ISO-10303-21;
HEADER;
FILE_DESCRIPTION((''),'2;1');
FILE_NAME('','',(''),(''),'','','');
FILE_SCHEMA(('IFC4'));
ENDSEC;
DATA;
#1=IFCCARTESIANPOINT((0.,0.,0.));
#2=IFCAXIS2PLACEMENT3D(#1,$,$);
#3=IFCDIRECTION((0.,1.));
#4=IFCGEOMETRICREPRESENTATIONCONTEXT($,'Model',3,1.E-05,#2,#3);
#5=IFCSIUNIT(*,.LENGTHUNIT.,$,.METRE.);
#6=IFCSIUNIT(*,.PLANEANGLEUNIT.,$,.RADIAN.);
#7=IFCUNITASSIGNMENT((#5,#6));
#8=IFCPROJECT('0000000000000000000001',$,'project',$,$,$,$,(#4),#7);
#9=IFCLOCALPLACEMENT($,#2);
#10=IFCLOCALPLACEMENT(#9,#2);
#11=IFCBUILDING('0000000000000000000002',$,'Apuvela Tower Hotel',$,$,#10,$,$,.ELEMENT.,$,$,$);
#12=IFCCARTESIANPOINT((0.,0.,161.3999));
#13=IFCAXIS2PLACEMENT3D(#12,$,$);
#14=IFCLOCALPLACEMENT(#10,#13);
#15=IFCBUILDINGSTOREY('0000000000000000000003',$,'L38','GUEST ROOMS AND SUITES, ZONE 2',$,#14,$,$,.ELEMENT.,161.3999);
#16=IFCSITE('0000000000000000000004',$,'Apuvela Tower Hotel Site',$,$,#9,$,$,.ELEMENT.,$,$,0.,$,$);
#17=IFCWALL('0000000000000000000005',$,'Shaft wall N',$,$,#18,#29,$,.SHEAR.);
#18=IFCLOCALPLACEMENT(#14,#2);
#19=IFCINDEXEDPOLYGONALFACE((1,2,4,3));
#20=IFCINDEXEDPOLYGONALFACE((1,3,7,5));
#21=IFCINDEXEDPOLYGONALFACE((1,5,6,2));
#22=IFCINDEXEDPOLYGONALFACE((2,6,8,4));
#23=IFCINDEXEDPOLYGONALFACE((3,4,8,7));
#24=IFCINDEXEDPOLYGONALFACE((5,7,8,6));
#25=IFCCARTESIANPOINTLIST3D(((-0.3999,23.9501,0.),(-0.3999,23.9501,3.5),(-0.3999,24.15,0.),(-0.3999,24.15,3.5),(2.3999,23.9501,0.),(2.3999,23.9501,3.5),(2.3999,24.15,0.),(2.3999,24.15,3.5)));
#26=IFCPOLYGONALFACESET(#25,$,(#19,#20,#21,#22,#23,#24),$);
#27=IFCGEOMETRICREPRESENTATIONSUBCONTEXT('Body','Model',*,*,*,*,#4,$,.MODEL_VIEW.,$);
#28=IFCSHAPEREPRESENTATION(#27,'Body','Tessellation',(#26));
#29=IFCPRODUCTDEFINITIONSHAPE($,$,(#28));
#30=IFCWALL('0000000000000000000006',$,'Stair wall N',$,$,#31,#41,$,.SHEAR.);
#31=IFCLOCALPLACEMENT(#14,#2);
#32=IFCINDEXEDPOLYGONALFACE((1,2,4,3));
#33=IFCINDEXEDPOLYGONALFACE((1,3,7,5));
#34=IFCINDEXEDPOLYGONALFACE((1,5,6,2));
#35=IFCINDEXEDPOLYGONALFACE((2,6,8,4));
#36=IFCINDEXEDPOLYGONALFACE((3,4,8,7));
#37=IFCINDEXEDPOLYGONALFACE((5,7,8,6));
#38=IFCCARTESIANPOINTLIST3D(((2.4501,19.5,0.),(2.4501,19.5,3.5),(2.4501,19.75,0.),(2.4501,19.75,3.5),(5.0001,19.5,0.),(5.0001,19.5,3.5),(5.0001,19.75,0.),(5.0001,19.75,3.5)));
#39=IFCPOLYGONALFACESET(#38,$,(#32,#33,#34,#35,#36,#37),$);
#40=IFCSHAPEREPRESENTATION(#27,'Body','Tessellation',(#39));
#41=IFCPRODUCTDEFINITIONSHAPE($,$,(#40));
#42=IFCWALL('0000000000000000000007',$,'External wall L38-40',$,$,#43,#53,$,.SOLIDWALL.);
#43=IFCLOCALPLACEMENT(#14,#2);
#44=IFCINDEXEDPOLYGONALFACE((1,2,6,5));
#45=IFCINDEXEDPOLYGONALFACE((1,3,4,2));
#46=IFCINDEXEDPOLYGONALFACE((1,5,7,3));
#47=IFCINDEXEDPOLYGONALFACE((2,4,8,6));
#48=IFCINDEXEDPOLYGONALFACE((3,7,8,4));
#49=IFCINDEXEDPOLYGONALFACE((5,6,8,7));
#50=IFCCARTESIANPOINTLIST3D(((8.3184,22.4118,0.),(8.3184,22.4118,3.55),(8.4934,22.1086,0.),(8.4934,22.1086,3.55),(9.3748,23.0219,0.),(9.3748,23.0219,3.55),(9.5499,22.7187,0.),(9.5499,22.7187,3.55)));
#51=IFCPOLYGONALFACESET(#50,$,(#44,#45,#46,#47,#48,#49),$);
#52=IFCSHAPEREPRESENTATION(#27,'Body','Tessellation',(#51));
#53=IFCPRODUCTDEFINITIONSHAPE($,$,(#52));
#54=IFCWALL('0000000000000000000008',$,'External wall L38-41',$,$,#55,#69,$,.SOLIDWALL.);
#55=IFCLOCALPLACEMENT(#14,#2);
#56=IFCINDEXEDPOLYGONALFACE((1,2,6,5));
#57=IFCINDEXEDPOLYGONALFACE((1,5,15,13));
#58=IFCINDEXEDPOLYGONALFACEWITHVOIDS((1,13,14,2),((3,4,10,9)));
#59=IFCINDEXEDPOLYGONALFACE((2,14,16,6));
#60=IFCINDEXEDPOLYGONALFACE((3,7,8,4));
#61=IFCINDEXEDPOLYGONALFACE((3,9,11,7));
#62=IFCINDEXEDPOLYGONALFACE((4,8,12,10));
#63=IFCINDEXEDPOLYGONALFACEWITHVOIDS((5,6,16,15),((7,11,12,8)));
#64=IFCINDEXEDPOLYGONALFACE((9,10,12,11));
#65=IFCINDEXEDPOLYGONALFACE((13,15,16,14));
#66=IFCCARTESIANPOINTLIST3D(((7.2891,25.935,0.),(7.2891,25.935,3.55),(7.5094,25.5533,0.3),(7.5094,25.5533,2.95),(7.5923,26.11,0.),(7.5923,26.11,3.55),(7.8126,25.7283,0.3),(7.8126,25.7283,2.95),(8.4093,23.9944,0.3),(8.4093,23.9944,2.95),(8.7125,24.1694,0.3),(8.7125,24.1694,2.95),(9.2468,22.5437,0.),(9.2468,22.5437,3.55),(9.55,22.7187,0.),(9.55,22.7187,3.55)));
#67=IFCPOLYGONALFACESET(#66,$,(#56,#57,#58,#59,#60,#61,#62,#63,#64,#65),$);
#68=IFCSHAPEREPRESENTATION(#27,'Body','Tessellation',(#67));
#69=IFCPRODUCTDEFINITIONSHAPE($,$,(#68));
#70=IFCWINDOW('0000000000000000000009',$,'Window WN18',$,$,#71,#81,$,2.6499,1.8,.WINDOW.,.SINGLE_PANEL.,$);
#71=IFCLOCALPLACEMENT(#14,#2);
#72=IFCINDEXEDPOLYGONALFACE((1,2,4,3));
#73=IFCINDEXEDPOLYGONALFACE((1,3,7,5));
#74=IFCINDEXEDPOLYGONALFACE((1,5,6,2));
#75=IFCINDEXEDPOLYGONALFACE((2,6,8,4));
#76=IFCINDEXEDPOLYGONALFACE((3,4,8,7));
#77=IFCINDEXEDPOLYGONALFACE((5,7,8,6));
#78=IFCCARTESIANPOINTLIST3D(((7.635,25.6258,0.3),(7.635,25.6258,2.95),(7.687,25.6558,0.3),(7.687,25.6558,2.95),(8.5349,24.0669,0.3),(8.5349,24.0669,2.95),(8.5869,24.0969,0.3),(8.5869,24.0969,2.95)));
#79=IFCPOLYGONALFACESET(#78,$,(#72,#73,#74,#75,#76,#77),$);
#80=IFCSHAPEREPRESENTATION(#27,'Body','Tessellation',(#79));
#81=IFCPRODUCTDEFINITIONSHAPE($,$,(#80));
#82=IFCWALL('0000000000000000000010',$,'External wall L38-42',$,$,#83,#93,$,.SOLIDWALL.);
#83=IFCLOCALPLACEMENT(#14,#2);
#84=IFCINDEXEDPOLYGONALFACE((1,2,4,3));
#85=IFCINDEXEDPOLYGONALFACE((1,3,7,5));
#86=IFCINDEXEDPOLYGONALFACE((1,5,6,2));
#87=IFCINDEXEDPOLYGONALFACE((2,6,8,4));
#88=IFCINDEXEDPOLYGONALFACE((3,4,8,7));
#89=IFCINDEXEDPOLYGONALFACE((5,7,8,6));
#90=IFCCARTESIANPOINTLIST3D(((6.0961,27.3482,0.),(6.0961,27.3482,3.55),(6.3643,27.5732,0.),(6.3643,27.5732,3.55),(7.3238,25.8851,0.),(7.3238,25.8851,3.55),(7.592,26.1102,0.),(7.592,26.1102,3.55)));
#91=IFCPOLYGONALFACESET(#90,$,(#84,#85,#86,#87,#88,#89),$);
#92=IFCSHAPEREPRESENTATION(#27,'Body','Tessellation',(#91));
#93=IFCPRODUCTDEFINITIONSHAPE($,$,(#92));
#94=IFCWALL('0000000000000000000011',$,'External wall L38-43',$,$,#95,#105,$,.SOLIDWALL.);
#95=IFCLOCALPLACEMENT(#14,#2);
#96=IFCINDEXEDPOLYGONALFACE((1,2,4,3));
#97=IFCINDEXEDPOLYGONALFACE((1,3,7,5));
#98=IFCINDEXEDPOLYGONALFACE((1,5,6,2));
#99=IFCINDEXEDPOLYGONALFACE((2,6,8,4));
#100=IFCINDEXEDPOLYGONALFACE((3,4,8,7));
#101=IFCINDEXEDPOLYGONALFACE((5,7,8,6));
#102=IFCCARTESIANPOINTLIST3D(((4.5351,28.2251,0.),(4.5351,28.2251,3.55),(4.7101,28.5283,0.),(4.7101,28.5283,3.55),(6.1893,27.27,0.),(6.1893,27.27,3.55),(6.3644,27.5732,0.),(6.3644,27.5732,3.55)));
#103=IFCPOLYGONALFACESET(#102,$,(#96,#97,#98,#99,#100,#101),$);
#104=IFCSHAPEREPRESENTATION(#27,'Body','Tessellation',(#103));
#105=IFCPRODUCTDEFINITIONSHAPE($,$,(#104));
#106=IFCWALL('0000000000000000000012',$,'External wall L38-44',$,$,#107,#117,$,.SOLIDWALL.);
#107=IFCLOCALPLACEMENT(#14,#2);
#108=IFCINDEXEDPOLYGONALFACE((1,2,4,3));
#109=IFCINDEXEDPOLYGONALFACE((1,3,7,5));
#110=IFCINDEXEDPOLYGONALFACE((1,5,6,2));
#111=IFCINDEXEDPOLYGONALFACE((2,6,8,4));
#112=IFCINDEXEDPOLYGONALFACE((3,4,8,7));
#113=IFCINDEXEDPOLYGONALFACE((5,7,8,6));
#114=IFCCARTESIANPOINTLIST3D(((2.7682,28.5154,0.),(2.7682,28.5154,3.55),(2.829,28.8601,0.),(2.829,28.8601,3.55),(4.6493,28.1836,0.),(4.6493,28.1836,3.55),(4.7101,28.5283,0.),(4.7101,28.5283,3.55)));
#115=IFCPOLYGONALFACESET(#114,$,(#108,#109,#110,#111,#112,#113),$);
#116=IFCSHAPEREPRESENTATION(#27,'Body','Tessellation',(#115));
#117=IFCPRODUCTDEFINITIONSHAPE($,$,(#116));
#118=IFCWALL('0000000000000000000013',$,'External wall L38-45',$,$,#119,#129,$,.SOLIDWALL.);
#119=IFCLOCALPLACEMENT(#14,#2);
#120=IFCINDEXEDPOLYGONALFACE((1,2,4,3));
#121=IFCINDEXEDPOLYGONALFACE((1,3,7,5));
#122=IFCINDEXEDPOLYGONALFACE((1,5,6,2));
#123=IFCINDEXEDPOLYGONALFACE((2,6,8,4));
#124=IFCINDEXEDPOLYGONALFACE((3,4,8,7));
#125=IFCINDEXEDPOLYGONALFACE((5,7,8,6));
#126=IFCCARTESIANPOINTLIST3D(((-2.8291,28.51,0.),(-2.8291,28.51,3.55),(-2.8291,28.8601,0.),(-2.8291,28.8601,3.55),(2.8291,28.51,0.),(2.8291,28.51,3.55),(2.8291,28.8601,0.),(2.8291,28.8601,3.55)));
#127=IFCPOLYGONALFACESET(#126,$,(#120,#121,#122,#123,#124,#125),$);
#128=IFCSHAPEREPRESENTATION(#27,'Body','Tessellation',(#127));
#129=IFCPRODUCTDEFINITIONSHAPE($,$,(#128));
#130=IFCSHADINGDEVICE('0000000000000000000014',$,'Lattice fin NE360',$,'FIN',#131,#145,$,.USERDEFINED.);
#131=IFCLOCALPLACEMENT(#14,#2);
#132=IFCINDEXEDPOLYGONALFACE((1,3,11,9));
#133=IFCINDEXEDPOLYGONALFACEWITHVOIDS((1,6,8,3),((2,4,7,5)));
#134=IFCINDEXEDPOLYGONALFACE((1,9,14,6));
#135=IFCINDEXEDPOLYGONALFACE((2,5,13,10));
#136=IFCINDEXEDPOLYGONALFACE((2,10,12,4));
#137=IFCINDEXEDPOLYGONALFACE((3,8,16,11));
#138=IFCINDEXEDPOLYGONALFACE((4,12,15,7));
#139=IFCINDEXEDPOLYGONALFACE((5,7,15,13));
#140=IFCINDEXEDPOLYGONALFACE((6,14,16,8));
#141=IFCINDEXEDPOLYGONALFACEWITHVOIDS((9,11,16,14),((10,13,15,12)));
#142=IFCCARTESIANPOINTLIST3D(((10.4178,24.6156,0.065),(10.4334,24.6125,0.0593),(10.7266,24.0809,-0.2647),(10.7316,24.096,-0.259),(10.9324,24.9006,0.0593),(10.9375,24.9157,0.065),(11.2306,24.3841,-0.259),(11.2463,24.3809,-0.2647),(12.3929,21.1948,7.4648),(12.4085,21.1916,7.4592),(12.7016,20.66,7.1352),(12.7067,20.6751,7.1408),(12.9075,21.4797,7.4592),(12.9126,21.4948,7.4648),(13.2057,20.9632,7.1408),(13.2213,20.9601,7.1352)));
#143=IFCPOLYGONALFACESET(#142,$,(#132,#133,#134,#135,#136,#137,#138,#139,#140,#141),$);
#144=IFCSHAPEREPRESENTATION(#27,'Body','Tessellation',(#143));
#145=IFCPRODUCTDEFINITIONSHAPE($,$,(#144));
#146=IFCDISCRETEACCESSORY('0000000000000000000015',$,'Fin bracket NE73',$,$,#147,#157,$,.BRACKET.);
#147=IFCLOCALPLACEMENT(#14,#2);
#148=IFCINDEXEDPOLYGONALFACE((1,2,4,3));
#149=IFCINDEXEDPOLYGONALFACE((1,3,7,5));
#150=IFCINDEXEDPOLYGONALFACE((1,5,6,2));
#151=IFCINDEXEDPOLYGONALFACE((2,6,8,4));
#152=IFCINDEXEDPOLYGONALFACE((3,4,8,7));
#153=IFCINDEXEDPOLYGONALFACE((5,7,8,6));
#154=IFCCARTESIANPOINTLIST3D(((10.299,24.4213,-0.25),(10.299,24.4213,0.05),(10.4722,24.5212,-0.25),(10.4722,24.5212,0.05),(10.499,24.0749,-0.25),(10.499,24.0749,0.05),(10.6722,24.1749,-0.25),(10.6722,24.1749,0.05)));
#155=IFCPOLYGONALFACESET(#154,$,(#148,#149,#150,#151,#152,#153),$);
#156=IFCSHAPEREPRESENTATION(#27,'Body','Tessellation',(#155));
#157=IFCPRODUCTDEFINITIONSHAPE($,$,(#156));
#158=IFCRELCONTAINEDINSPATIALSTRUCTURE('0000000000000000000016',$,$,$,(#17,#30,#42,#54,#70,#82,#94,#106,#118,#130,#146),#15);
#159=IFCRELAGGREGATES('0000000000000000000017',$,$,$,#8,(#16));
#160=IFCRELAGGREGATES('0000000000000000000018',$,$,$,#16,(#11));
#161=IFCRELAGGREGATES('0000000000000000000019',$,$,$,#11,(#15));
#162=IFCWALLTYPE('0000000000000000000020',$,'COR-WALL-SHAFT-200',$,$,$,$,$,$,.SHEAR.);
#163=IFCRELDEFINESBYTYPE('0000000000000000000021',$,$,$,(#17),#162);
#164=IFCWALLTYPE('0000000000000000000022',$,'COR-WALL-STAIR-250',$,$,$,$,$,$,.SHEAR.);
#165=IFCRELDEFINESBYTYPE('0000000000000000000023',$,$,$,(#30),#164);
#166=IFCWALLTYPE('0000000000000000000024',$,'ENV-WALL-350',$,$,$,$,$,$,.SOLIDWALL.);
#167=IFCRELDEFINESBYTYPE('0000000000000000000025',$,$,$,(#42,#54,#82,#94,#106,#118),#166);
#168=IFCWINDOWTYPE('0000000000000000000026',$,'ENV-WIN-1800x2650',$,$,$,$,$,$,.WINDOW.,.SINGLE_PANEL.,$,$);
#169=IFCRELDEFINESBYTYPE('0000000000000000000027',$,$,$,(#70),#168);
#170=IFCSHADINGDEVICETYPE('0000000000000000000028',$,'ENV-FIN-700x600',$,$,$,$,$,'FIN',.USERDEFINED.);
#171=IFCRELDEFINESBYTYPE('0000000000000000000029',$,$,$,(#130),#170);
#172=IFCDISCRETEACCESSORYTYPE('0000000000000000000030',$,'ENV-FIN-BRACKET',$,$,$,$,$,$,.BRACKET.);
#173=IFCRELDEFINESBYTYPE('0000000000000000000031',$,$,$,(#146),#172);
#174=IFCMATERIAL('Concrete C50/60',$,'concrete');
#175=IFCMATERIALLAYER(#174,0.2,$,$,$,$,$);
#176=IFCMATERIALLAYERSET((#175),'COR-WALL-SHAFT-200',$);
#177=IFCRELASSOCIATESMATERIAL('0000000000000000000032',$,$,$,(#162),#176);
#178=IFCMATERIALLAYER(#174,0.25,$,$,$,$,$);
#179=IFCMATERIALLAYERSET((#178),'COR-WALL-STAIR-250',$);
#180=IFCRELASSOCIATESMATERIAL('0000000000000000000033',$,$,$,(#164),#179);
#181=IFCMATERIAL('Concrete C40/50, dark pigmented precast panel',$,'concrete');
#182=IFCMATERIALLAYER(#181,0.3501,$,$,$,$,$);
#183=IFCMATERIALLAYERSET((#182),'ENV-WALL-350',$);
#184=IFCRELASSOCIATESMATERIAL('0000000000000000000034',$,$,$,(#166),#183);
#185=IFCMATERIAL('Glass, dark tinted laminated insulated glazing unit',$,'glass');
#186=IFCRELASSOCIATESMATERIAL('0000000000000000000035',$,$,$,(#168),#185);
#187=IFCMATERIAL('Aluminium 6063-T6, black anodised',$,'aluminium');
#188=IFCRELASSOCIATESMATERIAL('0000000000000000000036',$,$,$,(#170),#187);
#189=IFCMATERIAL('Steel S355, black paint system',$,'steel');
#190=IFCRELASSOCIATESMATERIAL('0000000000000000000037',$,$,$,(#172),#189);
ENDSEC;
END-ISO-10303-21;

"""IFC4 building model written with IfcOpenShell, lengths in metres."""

from ifc_helpers import new_model, si_unit, direction, frame, frame_2d, origin, origin_2d, place, context, subcontext, project, spatial, rectangle, hollow_rectangle, extrude, material, layer, layer_set, material_profile, profile_set, type_object, element, fill, save


model = new_model("IFC4")

# Units and contexts
model_context = context("Model", 3, precision=1e-05, world=origin(), true_north=direction((0.0, 1.0)))
body_context = subcontext(model_context, "Body", "Model", "MODEL_VIEW")
ifc_project = project(units=[si_unit("LENGTHUNIT", "METRE"), si_unit("PLANEANGLEUNIT", "RADIAN")], contexts=[model_context])

# Site, building, storey
site_placement = place(None, origin())
site = spatial("IfcSite", under=ifc_project, at=site_placement, Name="Apuvela Tower Hotel Site", CompositionType="ELEMENT", RefElevation=0.0)
building_placement = place(site_placement, origin())
building = spatial("IfcBuilding", under=site, at=building_placement, Name="Apuvela Tower Hotel", CompositionType="ELEMENT")
storey_placement = place(building_placement, frame((0.0, 0.0, 161.3999)))
storey = spatial("IfcBuildingStorey", under=building, at=storey_placement, Name="L38", Description="GUEST ROOMS AND SUITES, ZONE 2", CompositionType="ELEMENT", Elevation=161.3999)

# Walls
ifc_material_1 = material(Name="Concrete C50/60", Category="concrete")
ifc_layer_1 = layer(ifc_material_1, 0.2)
ifc_layer_set_1 = layer_set([ifc_layer_1], Name="COR-WALL-SHAFT-200")
wall_type_1 = type_object("IfcWallType", Name="COR-WALL-SHAFT-200", PredefinedType="SHEAR", material=ifc_layer_set_1)
wall_1_placement = place(storey_placement, frame((2.3999, 24.05, 0.0), z_axis=(0.0, 0.0, 1.0), x_axis=(-1.0, 0.0, 0.0)))
element("IfcWall", 1, at=wall_1_placement, inside=storey, type_object=wall_type_1, Name="Shaft wall N", PredefinedType="SHEAR", context=body_context, shape_type="SweptSolid", body=[
    extrude(rectangle(XDim=2.7998, YDim=0.2, at=frame_2d((1.3999, 0.0))), origin(), (0.0, 0.0, 1.0), 3.5),
])
ifc_layer_2 = layer(ifc_material_1, 0.25)
ifc_layer_set_2 = layer_set([ifc_layer_2], Name="COR-WALL-STAIR-250")
wall_type_2 = type_object("IfcWallType", Name="COR-WALL-STAIR-250", PredefinedType="SHEAR", material=ifc_layer_set_2)
wall_2_placement = place(storey_placement, frame((5.0, 19.625, 0.0), z_axis=(0.0, 0.0, 1.0), x_axis=(-1.0, 0.0, 0.0)))
element("IfcWall", 2, at=wall_2_placement, inside=storey, type_object=wall_type_2, Name="Stair wall N", PredefinedType="SHEAR", context=body_context, shape_type="SweptSolid", body=[
    extrude(rectangle(XDim=2.55, YDim=0.25, at=frame_2d((1.2749, 0.0))), origin(), (0.0, 0.0, 1.0), 3.5),
])
ifc_material_2 = material(Name="Concrete C40/50, dark pigmented precast panel", Category="concrete")
ifc_layer_3 = layer(ifc_material_2, 0.3501)
ifc_layer_set_3 = layer_set([ifc_layer_3], Name="ENV-WALL-350")
wall_type_3 = type_object("IfcWallType", Name="ENV-WALL-350", PredefinedType="SOLIDWALL", material=ifc_layer_set_3)
wall_3_placement = place(storey_placement, frame((8.406, 22.2603, 0.0), z_axis=(0.0, 0.0, 1.0), x_axis=(0.865956, 0.500121, 0.0)))
element("IfcWall", 3, at=wall_3_placement, inside=storey, type_object=wall_type_3, Name="External wall L38-40", PredefinedType="SOLIDWALL", context=body_context, shape_type="SweptSolid", body=[
    extrude(rectangle(XDim=1.22, YDim=0.3501, at=frame_2d((0.6099, 0.0))), origin(), (0.0, 0.0, 1.0), 3.55),
])

# Wall, opening, window
wall_4_placement = place(storey_placement, frame((9.3984, 22.6311, 0.0), z_axis=(0.0, 0.0, 1.0), x_axis=(-0.499955, 0.866052, 0.0)))
wall_4 = element("IfcWall", 4, at=wall_4_placement, inside=storey, type_object=wall_type_3, Name="External wall L38-41", PredefinedType="SOLIDWALL", context=body_context, shape_type="SweptSolid", body=[
    extrude(rectangle(XDim=3.9158, YDim=0.3501, at=frame_2d((1.958, 0.0))), origin(), (0.0, 0.0, 1.0), 3.55),
])
opening_placement = place(wall_4_placement, frame((1.6753, 0.0, 0.3)))
opening = element("IfcOpeningElement", 5, at=opening_placement, cuts=wall_4, PredefinedType="OPENING", context=body_context, shape_type="SweptSolid", body=[
    extrude(rectangle(XDim=1.8, YDim=2.6499, at=frame_2d((0.8999, 1.325))), frame((0.0, 0.1851, 0.0), z_axis=(0.0, -1.0, 0.0), x_axis=(1.0, 0.0, 0.0)), (0.0, 0.0, 1.0), 0.3701),
])
ifc_material_3 = material(Name="Glass, dark tinted laminated insulated glazing unit", Category="glass")
window_type = type_object("IfcWindowType", Name="ENV-WIN-1800x2650", PartitioningType="SINGLE_PANEL", PredefinedType="WINDOW", material=ifc_material_3)
window_placement = place(opening_placement, origin())
window = element("IfcWindow", 6, at=window_placement, inside=storey, type_object=window_type, Name="Window WN18", OverallHeight=2.6499, OverallWidth=1.8, PartitioningType="SINGLE_PANEL", PredefinedType="WINDOW", context=body_context, shape_type="SweptSolid", body=[
    extrude(rectangle(XDim=1.8, YDim=2.6499, at=frame_2d((0.8999, 1.325))), frame((0.0, 0.03, 0.0), z_axis=(0.0, -1.0, 0.0), x_axis=(1.0, 0.0, 0.0)), (0.0, 0.0, 1.0), 0.0601),
])
fill(opening, window)

# Walls
wall_5_placement = place(storey_placement, frame((7.458, 25.9976, 0.0), z_axis=(0.0, 0.0, 1.0), x_axis=(-0.642808, 0.766027, 0.0)))
element("IfcWall", 7, at=wall_5_placement, inside=storey, type_object=wall_type_3, Name="External wall L38-42", PredefinedType="SOLIDWALL", context=body_context, shape_type="SweptSolid", body=[
    extrude(rectangle(XDim=1.9099, YDim=0.3501, at=frame_2d((0.9551, 0.0))), origin(), (0.0, 0.0, 1.0), 3.55),
])
for number, where, z_axis, x_axis, name in (
    (8, (6.2769, 27.4216, 0.0), (0.0, 0.0, 1.0), (-0.866032, 0.499988, 0.0), "External wall L38-43"),
    (9, (4.6797, 28.356, 0.0), (0.0, 0.0, 1.0), (-0.984799, 0.173698, 0.0), "External wall L38-44"),
):
    element("IfcWall", number, at=place(storey_placement, frame(where, z_axis=z_axis, x_axis=x_axis)), inside=storey, type_object=wall_type_3, Name=name, PredefinedType="SOLIDWALL", context=body_context, shape_type="SweptSolid", body=[
        extrude(rectangle(XDim=1.9102, YDim=0.3501, at=frame_2d((0.9551, 0.0))), origin(), (0.0, 0.0, 1.0), 3.55),
    ])
wall_6_placement = place(storey_placement, frame((2.8291, 28.6851, 0.0), z_axis=(0.0, 0.0, 1.0), x_axis=(-1.0, 0.0, 0.0)))
element("IfcWall", 10, at=wall_6_placement, inside=storey, type_object=wall_type_3, Name="External wall L38-45", PredefinedType="SOLIDWALL", context=body_context, shape_type="SweptSolid", body=[
    extrude(rectangle(XDim=5.6582, YDim=0.3501, at=frame_2d((2.8291, 0.0))), origin(), (0.0, 0.0, 1.0), 3.55),
])

# Shading device
ifc_material_4 = material(Name="Aluminium 6063-T6, black anodised", Category="aluminium")
ifc_material_profile_1 = material_profile(ifc_material_4, hollow_rectangle(XDim=0.6001, YDim=0.7, WallThickness=0.012, at=origin_2d()), Name="AL BOX 700x600x12")
ifc_profile_set_1 = profile_set([ifc_material_profile_1], Name="Aluminium 6063-T6, black anodised")
shading_device_type = type_object("IfcShadingDeviceType", Name="ENV-FIN-700x600", ElementType="FIN", PredefinedType="USERDEFINED", material=ifc_profile_set_1)
shading_device_placement = place(storey_placement, frame((10.832, 24.4983, -0.0999), z_axis=(0.235461, -0.407822, 0.882179), x_axis=(0.866021, 0.500008, 0.0)))
element("IfcShadingDevice", 11, at=shading_device_placement, inside=storey, type_object=shading_device_type, Name="Lattice fin NE360", ObjectType="FIN", PredefinedType="USERDEFINED", context=body_context, shape_type="SweptSolid", body=[
    extrude(hollow_rectangle(XDim=0.6001, YDim=0.7, WallThickness=0.012, at=origin_2d()), origin(), (0.0, 0.0, 1.0), 8.3882),
])

# Discrete accessory
ifc_material_5 = material(Name="Steel S355, black paint system", Category="steel")
discrete_accessory_type = type_object("IfcDiscreteAccessoryType", Name="ENV-FIN-BRACKET", PredefinedType="BRACKET", material=ifc_material_5)
discrete_accessory_placement = place(storey_placement, frame((10.4856, 24.2981, -0.25), z_axis=(0.0, 0.0, 1.0), x_axis=(-0.5, 0.866025, 0.0)))
element("IfcDiscreteAccessory", 12, at=discrete_accessory_placement, inside=storey, type_object=discrete_accessory_type, Name="Fin bracket NE73", PredefinedType="BRACKET", context=body_context, shape_type="SweptSolid", body=[
    extrude(rectangle(XDim=0.3999, YDim=0.2, at=origin_2d()), origin(), (0.0, 0.0, 1.0), 0.3),
])

save(model, "model.ifc")
